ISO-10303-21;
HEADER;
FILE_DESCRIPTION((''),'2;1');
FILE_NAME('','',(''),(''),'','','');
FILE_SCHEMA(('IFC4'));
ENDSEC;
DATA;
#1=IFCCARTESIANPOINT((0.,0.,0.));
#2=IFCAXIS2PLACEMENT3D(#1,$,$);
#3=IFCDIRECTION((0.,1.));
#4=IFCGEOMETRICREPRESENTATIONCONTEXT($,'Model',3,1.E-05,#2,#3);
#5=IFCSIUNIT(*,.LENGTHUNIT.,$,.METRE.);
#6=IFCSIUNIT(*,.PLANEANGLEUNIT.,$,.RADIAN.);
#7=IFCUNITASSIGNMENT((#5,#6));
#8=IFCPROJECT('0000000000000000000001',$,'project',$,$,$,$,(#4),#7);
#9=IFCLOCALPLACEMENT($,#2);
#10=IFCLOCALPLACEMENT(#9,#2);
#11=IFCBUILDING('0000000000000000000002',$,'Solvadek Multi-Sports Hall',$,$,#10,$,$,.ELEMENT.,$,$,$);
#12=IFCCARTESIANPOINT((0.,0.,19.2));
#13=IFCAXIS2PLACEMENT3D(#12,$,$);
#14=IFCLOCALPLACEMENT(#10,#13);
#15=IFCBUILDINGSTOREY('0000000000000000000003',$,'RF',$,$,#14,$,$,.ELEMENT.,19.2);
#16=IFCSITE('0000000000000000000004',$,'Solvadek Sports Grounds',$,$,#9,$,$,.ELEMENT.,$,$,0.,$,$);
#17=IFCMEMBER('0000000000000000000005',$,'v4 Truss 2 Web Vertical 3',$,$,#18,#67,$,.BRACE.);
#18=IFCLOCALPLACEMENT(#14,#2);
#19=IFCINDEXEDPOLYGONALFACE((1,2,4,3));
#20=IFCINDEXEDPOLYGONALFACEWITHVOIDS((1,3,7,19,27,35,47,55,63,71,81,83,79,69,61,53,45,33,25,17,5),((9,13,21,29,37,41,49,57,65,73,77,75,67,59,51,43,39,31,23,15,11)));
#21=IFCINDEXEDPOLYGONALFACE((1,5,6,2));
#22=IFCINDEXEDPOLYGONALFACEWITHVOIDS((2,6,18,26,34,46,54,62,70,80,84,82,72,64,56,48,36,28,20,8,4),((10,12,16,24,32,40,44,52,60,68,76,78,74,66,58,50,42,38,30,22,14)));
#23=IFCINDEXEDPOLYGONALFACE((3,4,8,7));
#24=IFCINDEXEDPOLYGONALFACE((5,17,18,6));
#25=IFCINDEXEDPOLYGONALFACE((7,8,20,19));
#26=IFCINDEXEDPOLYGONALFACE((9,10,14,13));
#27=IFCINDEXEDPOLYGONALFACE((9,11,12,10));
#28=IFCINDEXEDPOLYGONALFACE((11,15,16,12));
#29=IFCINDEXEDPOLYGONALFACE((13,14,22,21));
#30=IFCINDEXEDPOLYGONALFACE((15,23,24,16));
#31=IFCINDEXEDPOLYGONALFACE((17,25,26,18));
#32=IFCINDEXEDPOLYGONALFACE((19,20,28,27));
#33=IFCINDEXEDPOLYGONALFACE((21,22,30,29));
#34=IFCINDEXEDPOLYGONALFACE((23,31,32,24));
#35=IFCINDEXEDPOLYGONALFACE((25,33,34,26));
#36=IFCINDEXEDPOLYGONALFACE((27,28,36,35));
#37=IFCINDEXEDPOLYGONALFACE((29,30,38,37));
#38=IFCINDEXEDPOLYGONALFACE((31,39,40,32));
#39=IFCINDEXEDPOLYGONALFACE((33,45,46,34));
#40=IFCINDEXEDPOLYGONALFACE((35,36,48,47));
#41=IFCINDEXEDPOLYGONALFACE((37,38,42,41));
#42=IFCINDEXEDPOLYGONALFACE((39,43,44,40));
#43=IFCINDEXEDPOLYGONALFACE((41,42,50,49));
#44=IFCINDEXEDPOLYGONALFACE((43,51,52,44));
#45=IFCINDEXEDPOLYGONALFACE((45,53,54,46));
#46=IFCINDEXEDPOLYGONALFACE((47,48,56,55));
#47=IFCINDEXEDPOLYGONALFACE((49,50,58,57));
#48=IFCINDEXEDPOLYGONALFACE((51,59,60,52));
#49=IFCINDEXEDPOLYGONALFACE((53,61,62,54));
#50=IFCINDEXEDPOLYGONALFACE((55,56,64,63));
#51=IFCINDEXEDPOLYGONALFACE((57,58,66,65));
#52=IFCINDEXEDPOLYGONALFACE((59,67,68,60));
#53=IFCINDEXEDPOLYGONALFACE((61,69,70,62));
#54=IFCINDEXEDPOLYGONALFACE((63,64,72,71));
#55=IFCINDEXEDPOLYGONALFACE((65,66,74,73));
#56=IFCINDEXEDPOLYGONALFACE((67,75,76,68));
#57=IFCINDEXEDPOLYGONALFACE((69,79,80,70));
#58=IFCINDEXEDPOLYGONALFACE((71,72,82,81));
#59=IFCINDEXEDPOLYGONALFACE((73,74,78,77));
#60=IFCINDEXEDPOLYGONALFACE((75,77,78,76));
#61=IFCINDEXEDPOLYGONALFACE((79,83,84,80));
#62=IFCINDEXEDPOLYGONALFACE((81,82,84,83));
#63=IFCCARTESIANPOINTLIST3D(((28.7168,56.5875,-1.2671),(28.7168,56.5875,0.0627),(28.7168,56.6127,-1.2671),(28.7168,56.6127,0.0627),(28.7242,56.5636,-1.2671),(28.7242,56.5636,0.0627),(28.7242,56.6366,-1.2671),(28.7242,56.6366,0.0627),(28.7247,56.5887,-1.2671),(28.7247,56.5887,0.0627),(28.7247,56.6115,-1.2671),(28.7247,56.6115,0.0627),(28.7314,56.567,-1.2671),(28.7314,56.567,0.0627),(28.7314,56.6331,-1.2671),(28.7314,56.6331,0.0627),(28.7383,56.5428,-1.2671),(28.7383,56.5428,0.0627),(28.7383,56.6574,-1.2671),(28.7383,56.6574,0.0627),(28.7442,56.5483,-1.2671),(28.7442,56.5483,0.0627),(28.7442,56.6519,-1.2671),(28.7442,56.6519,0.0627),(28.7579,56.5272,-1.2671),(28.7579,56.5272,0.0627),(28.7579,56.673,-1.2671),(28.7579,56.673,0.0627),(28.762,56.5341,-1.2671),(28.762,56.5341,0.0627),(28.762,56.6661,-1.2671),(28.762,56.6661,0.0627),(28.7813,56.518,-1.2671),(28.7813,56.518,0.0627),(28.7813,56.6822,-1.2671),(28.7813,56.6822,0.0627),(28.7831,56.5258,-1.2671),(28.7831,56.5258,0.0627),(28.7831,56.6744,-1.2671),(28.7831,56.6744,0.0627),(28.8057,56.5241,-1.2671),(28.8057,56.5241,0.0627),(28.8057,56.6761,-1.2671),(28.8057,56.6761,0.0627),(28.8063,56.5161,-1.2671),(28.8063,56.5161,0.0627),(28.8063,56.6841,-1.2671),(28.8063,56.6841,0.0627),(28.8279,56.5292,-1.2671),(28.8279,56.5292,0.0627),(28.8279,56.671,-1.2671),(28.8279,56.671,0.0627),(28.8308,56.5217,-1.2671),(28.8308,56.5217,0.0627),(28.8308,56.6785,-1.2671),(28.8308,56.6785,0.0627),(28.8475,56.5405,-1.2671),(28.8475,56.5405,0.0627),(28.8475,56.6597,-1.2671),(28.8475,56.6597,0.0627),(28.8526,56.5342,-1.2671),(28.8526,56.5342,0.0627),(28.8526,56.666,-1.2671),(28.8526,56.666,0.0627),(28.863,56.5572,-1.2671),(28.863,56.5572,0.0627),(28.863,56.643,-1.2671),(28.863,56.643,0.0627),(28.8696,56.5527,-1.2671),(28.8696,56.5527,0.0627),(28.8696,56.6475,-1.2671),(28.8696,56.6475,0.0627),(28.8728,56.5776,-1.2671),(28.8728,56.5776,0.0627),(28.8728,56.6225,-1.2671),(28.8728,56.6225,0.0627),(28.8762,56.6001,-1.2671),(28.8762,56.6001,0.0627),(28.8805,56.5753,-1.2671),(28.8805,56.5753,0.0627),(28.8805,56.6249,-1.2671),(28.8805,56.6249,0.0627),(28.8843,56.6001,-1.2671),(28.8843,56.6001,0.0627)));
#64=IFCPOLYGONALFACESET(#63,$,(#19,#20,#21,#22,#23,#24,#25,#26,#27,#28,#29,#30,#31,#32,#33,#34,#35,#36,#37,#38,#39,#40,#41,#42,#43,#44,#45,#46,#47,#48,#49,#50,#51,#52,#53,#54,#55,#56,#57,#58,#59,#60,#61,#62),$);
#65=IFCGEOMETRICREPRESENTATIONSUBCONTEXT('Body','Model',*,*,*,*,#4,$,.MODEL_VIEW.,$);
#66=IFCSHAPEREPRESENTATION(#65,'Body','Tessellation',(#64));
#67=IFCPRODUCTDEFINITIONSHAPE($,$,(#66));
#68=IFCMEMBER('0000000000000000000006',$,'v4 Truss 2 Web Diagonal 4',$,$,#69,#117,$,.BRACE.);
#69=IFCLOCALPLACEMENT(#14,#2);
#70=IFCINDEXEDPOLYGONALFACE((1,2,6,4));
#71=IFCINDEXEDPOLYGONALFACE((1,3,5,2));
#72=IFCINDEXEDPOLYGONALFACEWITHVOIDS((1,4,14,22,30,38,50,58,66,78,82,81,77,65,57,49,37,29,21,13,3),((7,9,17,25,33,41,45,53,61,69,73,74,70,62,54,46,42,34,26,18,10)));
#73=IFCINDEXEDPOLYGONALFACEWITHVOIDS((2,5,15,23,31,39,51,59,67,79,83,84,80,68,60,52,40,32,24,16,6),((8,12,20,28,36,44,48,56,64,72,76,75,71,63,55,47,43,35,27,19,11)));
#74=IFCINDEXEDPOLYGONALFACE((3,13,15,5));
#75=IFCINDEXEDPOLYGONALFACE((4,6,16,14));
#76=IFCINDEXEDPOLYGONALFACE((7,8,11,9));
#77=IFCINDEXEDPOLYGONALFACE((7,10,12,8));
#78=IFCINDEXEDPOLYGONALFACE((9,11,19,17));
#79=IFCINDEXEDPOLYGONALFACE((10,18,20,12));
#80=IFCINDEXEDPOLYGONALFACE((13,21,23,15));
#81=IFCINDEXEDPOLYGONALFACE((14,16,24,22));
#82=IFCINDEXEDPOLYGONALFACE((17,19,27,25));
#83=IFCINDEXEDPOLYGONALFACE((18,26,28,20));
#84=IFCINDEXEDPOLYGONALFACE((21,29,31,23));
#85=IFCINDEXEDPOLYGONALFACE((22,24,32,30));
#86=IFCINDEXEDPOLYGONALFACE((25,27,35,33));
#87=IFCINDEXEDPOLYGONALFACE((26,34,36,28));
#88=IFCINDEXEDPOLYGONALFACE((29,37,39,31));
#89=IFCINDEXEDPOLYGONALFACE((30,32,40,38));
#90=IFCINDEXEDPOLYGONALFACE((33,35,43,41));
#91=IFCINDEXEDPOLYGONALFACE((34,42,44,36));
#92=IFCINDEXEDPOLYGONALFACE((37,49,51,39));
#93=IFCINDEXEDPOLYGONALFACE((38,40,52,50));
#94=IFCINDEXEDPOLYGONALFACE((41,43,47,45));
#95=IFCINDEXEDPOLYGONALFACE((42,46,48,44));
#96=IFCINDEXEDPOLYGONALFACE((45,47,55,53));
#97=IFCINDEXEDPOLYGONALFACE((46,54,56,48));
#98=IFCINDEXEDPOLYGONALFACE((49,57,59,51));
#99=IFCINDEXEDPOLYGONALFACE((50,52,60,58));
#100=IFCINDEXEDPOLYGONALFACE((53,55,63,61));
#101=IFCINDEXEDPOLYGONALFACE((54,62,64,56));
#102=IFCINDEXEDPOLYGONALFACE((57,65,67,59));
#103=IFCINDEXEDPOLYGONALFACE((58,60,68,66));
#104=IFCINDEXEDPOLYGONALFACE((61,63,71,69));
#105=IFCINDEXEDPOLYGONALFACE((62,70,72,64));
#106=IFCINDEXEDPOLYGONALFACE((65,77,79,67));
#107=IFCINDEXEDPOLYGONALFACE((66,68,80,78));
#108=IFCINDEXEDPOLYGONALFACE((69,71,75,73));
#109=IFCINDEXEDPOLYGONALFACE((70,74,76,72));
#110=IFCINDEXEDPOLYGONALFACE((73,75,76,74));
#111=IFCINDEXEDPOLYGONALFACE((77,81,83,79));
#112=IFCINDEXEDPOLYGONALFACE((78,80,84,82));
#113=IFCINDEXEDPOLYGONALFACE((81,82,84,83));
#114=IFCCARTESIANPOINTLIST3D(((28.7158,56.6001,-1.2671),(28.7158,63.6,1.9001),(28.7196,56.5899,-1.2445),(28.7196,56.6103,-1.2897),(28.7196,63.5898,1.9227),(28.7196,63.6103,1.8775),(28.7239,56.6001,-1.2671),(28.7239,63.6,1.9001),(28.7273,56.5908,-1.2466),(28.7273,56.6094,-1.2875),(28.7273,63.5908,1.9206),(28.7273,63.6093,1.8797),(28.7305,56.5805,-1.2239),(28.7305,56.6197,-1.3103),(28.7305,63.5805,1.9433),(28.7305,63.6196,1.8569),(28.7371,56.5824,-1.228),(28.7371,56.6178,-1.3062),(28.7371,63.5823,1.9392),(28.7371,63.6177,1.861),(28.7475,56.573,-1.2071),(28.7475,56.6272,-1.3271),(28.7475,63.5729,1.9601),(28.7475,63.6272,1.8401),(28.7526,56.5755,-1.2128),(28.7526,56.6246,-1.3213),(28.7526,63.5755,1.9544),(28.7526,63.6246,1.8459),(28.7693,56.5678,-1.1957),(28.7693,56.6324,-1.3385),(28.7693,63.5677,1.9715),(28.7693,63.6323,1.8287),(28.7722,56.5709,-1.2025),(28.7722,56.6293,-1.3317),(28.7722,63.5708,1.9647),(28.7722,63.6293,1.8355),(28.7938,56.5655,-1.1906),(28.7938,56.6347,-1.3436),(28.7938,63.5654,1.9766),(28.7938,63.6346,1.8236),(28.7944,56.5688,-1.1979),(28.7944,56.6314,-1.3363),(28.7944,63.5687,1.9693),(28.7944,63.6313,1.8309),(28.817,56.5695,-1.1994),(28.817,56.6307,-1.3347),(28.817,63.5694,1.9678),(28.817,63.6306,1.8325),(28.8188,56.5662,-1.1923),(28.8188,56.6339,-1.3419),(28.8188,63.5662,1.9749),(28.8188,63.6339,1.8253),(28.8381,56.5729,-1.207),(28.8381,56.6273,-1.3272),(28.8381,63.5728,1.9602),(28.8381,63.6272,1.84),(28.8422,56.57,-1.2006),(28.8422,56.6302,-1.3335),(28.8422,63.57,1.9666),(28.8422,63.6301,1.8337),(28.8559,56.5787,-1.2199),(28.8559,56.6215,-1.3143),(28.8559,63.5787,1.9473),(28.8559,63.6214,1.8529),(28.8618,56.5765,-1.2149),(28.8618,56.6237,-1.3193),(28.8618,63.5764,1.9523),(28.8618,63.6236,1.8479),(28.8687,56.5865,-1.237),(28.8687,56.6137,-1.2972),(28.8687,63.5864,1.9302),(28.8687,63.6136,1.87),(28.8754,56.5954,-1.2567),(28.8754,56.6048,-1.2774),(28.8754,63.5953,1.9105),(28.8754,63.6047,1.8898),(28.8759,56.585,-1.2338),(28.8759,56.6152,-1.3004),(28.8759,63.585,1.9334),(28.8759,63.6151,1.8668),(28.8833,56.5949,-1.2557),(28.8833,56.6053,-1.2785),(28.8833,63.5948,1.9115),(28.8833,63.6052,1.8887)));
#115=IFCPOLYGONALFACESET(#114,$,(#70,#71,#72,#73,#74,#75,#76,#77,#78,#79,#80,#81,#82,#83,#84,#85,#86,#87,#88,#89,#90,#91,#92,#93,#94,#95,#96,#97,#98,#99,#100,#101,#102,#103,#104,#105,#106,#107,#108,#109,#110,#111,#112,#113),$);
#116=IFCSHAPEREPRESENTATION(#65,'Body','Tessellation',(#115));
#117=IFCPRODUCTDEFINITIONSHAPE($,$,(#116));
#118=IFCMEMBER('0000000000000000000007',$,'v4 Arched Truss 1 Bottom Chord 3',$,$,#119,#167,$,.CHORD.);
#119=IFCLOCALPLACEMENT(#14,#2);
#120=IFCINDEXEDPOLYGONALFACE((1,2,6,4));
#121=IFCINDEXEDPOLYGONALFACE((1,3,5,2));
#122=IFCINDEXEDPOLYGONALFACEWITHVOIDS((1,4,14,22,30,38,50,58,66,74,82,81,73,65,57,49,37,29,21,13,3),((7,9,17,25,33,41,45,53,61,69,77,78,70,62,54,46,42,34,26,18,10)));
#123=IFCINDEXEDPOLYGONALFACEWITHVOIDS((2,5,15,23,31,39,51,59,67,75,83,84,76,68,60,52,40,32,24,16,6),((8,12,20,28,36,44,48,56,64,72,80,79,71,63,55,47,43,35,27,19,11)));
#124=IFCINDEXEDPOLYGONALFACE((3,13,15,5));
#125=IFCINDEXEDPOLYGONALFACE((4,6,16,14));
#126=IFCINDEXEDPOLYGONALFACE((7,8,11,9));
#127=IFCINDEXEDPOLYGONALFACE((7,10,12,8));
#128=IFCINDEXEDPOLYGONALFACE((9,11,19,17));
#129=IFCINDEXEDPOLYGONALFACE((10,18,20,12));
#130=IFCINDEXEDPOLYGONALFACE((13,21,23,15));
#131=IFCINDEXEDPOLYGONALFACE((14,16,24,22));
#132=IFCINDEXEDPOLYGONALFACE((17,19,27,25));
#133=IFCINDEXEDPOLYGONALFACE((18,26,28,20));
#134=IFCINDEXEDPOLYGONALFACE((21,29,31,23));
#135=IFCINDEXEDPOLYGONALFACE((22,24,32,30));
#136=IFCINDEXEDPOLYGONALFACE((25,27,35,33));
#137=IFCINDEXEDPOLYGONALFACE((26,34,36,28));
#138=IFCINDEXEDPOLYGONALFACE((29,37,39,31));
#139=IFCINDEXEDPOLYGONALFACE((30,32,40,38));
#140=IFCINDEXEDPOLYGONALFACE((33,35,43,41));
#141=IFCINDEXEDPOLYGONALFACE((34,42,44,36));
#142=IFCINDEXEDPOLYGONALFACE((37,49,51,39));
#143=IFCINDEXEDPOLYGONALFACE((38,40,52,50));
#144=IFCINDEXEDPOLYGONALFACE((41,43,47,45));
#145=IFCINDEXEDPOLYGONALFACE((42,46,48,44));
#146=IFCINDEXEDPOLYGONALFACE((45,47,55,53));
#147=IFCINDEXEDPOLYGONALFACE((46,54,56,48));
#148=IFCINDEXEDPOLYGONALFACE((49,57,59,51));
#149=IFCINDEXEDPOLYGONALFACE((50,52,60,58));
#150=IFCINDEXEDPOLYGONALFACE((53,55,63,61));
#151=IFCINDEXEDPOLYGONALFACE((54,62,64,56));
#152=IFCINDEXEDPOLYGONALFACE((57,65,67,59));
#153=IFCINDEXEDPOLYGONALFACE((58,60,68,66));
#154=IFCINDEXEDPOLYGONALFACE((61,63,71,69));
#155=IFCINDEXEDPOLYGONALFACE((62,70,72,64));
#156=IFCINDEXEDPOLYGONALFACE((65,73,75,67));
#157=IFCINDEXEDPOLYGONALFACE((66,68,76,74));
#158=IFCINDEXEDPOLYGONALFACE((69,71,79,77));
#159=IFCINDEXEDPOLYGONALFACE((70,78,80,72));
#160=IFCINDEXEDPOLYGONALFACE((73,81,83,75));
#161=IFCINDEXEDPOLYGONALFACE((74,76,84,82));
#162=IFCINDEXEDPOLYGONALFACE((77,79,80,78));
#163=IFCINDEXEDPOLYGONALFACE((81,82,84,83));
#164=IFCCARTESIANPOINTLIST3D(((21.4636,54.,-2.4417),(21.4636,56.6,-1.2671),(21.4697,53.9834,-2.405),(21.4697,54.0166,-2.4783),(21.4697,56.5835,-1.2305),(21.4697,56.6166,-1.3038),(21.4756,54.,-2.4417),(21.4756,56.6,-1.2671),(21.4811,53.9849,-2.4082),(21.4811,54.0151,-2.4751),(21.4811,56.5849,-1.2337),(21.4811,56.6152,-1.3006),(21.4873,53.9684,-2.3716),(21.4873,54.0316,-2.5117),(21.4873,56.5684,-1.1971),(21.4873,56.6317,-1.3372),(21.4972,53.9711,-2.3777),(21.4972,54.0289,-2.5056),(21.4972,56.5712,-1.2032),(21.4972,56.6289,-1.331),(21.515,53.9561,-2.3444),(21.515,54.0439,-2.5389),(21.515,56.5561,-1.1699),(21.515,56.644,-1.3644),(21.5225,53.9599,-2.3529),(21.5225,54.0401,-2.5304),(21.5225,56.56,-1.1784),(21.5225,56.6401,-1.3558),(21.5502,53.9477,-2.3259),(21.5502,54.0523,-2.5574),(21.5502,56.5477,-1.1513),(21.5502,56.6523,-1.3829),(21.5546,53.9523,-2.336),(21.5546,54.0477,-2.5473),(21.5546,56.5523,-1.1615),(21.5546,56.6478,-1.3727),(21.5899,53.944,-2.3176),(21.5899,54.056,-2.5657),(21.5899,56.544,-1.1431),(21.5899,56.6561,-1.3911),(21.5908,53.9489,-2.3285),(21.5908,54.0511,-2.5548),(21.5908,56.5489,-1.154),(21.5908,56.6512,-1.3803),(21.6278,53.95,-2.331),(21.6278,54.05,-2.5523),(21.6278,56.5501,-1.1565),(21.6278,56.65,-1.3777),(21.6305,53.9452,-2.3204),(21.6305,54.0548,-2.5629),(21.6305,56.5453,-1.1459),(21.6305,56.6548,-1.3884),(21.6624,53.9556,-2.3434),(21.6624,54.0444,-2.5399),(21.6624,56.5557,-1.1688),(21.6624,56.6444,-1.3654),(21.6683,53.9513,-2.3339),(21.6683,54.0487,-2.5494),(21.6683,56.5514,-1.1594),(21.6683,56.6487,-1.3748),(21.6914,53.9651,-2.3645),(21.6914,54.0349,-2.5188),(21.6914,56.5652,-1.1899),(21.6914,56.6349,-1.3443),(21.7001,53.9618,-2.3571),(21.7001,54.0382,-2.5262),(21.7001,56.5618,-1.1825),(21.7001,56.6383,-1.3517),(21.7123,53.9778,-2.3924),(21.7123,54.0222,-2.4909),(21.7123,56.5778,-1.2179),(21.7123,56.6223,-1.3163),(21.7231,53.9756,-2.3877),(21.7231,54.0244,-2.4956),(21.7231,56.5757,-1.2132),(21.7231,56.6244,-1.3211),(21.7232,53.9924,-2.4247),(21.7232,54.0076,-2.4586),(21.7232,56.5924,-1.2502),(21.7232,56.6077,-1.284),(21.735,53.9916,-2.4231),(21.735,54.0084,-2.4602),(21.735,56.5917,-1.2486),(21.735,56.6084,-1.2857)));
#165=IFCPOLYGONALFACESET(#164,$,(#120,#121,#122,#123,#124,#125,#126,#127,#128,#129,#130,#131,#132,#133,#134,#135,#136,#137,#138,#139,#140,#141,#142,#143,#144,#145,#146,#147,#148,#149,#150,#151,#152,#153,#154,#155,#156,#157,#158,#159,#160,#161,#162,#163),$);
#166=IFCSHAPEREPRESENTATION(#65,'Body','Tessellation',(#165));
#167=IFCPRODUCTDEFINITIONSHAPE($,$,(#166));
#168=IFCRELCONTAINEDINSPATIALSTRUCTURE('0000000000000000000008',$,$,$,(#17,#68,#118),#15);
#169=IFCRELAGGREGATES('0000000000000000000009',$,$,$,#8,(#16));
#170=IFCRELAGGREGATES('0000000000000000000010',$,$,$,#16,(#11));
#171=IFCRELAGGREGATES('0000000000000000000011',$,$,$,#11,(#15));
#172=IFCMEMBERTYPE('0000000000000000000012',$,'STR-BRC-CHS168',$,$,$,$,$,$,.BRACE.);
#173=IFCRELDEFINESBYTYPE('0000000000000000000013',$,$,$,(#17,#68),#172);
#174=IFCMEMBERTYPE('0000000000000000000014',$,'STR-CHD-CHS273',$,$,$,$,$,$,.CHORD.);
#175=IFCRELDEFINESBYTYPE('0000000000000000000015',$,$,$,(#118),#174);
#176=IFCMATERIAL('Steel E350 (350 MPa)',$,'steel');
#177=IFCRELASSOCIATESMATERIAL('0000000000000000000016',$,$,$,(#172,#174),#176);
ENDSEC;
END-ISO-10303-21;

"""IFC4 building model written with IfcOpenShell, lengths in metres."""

from ifc_helpers import new_model, si_unit, direction, frame, origin, origin_2d, place, context, subcontext, project, spatial, hollow_circle, extrude, material, material_profile, profile_set, type_object, element, save


model = new_model("IFC4")

# Units and contexts
model_context = context("Model", 3, precision=1e-05, world=origin(), true_north=direction((0.0, 1.0)))
body_context = subcontext(model_context, "Body", "Model", "MODEL_VIEW")
ifc_project = project(units=[si_unit("LENGTHUNIT", "METRE"), si_unit("PLANEANGLEUNIT", "RADIAN")], contexts=[model_context])

# Site, building, storey
site_placement = place(None, origin())
site = spatial("IfcSite", under=ifc_project, at=site_placement, Name="Solvadek Sports Grounds", CompositionType="ELEMENT", RefElevation=0.0)
building_placement = place(site_placement, origin())
building = spatial("IfcBuilding", under=site, at=building_placement, Name="Solvadek Multi-Sports Hall", CompositionType="ELEMENT")
storey_placement = place(building_placement, frame((0.0, 0.0, 19.2)))
storey = spatial("IfcBuildingStorey", under=building, at=storey_placement, Name="RF", CompositionType="ELEMENT", Elevation=19.2)

# Members
ifc_material_1 = material(Name="Steel E350 (350 MPa)", Category="steel")
ifc_material_profile_1 = material_profile(ifc_material_1, hollow_circle(Radius=0.0842, WallThickness=0.0081, at=origin_2d()), Name="CHS 168.3x8")
ifc_profile_set_1 = profile_set([ifc_material_profile_1], Name="Steel E350 (350 MPa)")
member_type_1 = type_object("IfcMemberType", Name="STR-BRC-CHS168", PredefinedType="BRACE", material=ifc_profile_set_1)
member_1_placement = place(storey_placement, frame((28.8, 56.6001, -1.2671), z_axis=(0.0, 0.0, 1.0), x_axis=(1.0, 0.0, 0.0)))
element("IfcMember", 1, at=member_1_placement, inside=storey, type_object=member_type_1, Name="v4 Truss 2 Web Vertical 3", PredefinedType="BRACE", context=body_context, shape_type="SweptSolid", body=[
    extrude(hollow_circle(Radius=0.0842, WallThickness=0.0081, at=origin_2d()), origin(), (0.0, 0.0, 1.0), 1.3298),
])
member_2_placement = place(storey_placement, frame((28.8, 56.6001, -1.2671), z_axis=(0.0, 0.91108, 0.412229), x_axis=(-1.0, 0.0, 0.0)))
element("IfcMember", 2, at=member_2_placement, inside=storey, type_object=member_type_1, Name="v4 Truss 2 Web Diagonal 4", PredefinedType="BRACE", context=body_context, shape_type="SweptSolid", body=[
    extrude(hollow_circle(Radius=0.0842, WallThickness=0.0081, at=origin_2d()), origin(), (0.0, 0.0, 1.0), 7.6831),
])
ifc_material_profile_2 = material_profile(ifc_material_1, hollow_circle(Radius=0.1365, WallThickness=0.012, at=origin_2d()), Name="CHS 273.0x12")
ifc_profile_set_2 = profile_set([ifc_material_profile_2], Name="Steel E350 (350 MPa)")
member_type_2 = type_object("IfcMemberType", Name="STR-CHD-CHS273", PredefinedType="CHORD", material=ifc_profile_set_2)
member_3_placement = place(storey_placement, frame((21.6001, 54.0, -2.4417), z_axis=(0.0, 0.911328, 0.411681), x_axis=(-1.0, 0.0, 0.0)))
element("IfcMember", 3, at=member_3_placement, inside=storey, type_object=member_type_2, Name="v4 Arched Truss 1 Bottom Chord 3", PredefinedType="CHORD", context=body_context, shape_type="SweptSolid", body=[
    extrude(hollow_circle(Radius=0.1365, WallThickness=0.012, at=origin_2d()), origin(), (0.0, 0.0, 1.0), 2.853),
])

save(model, "model.ifc")
